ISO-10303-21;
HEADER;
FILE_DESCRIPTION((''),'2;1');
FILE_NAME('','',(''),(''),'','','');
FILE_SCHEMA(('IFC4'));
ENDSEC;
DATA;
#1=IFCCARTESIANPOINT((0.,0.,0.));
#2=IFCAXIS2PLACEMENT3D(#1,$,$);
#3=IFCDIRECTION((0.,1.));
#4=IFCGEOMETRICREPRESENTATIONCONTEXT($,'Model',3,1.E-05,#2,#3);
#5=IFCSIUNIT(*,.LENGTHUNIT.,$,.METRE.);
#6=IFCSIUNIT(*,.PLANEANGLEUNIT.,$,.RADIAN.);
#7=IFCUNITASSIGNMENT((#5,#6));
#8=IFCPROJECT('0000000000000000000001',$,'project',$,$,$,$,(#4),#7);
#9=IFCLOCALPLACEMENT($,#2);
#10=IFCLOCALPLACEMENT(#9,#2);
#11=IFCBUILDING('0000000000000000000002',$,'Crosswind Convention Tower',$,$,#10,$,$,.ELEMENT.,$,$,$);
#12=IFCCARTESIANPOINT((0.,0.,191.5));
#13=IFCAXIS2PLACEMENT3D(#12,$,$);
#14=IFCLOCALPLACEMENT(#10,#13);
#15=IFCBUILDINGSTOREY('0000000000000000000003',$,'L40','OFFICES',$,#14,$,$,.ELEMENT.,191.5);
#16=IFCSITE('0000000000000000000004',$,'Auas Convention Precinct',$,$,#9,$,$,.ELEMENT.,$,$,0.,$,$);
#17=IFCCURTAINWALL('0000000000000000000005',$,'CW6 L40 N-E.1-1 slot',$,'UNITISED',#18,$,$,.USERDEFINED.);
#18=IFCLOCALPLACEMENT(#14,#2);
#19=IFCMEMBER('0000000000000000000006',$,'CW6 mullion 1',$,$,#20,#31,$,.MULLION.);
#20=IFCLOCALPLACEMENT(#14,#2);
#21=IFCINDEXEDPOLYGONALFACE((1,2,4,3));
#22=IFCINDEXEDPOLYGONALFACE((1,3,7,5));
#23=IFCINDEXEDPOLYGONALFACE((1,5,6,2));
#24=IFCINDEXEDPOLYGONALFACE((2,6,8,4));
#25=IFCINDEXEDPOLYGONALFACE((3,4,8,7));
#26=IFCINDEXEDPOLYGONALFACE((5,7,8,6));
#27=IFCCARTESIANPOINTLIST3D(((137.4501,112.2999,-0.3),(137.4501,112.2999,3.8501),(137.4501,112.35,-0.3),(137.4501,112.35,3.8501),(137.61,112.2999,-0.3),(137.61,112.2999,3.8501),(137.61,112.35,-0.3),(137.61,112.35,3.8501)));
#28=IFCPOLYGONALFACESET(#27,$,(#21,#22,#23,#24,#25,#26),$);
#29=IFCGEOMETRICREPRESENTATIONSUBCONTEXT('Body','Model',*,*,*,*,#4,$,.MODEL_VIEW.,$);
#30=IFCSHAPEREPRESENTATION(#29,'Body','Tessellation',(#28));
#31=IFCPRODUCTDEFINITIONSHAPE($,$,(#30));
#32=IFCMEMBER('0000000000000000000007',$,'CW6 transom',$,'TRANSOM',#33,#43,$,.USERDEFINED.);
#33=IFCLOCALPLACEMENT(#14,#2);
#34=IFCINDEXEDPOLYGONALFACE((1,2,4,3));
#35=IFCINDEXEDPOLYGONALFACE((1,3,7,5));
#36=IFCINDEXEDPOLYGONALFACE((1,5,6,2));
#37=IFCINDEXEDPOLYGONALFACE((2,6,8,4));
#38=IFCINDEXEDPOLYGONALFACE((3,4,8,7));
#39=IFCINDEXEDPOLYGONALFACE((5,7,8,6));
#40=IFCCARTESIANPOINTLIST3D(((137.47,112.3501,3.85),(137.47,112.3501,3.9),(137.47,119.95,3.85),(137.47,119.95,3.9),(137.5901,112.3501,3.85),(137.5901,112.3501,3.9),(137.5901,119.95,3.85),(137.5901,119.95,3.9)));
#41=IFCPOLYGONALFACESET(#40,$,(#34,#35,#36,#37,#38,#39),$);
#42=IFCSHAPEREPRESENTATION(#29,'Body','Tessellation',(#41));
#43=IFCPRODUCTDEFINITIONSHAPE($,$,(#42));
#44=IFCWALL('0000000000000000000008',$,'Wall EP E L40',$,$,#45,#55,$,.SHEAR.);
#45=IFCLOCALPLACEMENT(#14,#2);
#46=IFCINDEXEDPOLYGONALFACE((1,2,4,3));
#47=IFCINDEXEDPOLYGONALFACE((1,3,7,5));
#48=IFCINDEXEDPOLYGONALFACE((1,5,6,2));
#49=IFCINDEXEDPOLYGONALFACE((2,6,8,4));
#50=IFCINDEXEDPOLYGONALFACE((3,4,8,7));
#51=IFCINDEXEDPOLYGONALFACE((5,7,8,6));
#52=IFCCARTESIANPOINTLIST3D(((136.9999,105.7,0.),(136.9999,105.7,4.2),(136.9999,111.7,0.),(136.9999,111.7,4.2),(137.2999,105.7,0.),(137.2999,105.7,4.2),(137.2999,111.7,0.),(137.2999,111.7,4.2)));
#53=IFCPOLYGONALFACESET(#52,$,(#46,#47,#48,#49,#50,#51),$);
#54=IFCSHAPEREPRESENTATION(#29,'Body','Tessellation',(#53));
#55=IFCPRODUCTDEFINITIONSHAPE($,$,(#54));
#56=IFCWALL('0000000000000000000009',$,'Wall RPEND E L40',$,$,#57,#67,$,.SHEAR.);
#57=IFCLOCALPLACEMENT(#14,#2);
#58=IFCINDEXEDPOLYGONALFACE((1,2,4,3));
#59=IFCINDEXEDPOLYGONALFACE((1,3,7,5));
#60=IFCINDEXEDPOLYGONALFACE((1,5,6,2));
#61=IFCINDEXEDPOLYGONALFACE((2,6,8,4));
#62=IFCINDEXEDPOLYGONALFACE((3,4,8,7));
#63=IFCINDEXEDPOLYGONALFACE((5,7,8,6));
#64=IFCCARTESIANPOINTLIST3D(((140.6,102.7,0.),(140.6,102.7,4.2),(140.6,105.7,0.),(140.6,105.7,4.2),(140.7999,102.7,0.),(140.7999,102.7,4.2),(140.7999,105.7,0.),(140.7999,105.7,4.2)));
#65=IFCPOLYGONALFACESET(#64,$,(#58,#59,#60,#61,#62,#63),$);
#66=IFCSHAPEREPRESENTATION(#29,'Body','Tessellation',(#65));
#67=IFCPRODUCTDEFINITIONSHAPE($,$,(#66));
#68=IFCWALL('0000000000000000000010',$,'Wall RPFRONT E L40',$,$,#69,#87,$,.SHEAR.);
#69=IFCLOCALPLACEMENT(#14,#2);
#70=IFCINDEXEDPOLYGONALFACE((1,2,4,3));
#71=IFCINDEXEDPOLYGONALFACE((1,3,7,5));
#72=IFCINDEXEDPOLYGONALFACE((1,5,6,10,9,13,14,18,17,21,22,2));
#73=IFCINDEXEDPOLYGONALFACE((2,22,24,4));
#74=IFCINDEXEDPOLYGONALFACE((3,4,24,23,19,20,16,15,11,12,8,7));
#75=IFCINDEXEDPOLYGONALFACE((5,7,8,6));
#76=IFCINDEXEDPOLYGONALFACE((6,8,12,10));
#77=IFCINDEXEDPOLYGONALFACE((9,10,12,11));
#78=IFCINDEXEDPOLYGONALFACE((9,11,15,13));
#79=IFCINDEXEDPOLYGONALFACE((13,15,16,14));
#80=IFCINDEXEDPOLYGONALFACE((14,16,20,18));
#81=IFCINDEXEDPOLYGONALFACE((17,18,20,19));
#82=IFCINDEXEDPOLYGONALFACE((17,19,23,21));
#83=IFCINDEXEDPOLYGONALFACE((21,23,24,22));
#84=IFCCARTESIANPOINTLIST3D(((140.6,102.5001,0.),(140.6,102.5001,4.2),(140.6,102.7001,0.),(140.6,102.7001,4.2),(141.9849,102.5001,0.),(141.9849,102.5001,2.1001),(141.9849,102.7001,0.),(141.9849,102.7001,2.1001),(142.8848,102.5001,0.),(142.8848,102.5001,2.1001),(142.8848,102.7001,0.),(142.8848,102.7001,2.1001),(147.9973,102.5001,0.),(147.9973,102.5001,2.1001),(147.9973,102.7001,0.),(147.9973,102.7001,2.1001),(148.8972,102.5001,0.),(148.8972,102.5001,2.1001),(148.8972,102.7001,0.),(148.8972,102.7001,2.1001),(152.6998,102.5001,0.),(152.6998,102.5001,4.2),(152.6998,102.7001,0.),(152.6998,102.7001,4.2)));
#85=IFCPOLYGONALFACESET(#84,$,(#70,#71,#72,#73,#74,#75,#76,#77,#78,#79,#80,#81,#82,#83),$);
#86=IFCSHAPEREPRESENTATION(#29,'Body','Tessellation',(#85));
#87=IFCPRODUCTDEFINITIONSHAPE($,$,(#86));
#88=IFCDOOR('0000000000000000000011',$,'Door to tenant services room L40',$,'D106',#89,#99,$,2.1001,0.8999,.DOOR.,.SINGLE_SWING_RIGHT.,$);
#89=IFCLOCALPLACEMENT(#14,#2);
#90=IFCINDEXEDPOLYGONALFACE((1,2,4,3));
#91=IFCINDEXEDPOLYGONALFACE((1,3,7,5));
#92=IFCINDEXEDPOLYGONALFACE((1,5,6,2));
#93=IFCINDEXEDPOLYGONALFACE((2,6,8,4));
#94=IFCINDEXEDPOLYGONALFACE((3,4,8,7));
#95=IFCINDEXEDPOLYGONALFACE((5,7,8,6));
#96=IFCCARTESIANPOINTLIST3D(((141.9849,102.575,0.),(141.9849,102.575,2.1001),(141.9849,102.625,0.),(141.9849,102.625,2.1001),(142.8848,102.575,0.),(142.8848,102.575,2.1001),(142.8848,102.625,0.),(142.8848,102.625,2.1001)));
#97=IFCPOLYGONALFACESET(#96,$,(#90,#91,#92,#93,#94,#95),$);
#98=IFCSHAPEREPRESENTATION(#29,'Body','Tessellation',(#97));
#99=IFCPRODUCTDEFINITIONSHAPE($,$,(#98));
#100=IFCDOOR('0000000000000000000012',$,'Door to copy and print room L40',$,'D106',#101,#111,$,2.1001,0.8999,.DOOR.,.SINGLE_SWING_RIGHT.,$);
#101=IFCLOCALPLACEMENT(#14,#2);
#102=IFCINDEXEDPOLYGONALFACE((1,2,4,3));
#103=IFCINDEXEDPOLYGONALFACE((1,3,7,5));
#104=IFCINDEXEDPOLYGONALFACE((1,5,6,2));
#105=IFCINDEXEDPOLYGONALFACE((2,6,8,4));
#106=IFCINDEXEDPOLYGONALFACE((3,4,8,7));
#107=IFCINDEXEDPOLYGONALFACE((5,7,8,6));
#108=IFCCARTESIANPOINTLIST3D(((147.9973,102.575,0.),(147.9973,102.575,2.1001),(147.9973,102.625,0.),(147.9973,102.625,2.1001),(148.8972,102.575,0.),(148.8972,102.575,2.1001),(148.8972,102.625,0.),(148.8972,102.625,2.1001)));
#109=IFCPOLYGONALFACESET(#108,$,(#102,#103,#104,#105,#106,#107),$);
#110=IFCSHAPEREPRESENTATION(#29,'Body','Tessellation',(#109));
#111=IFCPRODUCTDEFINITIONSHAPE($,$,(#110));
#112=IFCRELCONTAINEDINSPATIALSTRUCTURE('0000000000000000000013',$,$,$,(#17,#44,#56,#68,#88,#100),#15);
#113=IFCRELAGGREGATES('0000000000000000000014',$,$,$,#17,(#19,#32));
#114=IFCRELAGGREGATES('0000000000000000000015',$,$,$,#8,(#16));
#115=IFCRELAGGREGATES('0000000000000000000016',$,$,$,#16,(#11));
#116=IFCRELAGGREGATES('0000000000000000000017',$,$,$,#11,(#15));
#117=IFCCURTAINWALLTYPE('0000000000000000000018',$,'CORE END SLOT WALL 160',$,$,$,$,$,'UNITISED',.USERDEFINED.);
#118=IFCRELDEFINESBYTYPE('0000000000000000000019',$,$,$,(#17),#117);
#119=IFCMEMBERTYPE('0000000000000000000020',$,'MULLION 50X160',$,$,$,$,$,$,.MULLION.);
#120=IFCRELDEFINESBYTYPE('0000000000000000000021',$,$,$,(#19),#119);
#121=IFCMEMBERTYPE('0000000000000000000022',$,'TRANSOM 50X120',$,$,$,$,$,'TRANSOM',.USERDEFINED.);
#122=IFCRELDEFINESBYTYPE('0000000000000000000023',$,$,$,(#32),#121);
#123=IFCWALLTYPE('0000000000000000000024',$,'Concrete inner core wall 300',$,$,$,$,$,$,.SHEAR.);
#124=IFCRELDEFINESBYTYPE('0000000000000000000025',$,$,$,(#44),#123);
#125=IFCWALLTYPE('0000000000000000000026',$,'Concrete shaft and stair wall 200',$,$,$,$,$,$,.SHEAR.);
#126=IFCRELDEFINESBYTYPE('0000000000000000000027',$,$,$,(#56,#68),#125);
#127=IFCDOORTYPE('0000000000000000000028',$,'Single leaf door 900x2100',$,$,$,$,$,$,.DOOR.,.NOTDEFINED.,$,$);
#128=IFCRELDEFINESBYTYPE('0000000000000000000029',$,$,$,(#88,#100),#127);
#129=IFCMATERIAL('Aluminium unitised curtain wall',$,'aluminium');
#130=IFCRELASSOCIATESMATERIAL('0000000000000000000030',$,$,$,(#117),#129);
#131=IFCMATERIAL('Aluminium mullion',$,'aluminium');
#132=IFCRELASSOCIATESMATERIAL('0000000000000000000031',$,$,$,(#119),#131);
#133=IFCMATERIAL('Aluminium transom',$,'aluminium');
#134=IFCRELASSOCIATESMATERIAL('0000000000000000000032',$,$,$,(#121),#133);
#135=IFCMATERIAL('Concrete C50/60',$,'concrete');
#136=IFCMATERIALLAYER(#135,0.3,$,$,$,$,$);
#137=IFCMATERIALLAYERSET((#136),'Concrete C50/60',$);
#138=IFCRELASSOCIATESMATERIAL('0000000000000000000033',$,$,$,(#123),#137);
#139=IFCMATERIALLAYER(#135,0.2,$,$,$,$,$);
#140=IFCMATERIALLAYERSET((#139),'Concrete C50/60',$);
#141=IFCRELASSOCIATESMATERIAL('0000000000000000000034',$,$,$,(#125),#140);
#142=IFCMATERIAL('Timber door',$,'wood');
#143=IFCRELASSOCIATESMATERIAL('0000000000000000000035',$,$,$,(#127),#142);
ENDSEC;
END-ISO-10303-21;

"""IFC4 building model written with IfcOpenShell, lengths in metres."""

from ifc_helpers import new_model, si_unit, direction, frame, frame_2d, origin, origin_2d, place, context, subcontext, project, spatial, rectangle, extrude, material, layer, layer_set, material_profile, profile_set, type_object, element, fill, aggregate, save


model = new_model("IFC4")

# Units and contexts
model_context = context("Model", 3, precision=1e-05, world=origin(), true_north=direction((0.0, 1.0)))
body_context = subcontext(model_context, "Body", "Model", "MODEL_VIEW")
ifc_project = project(units=[si_unit("LENGTHUNIT", "METRE"), si_unit("PLANEANGLEUNIT", "RADIAN")], contexts=[model_context])

# Site, building, storey
site_placement = place(None, origin())
site = spatial("IfcSite", under=ifc_project, at=site_placement, Name="Auas Convention Precinct", CompositionType="ELEMENT", RefElevation=0.0)
building_placement = place(site_placement, origin())
building = spatial("IfcBuilding", under=site, at=building_placement, Name="Crosswind Convention Tower", CompositionType="ELEMENT")
storey_placement = place(building_placement, frame((0.0, 0.0, 191.5)))
storey = spatial("IfcBuildingStorey", under=building, at=storey_placement, Name="L40", Description="OFFICES", CompositionType="ELEMENT", Elevation=191.5)

# Curtain wall, members
ifc_material_1 = material(Name="Aluminium unitised curtain wall", Category="aluminium")
curtain_wall_type = type_object("IfcCurtainWallType", Name="CORE END SLOT WALL 160", ElementType="UNITISED", PredefinedType="USERDEFINED", material=ifc_material_1)
curtain_wall_placement = place(storey_placement, origin())
curtain_wall = element("IfcCurtainWall", 1, at=curtain_wall_placement, inside=storey, type_object=curtain_wall_type, Name="CW6 L40 N-E.1-1 slot", ObjectType="UNITISED", PredefinedType="USERDEFINED")
ifc_material_2 = material(Name="Aluminium mullion", Category="aluminium")
ifc_material_profile_1 = material_profile(ifc_material_2, rectangle(XDim=0.1599, YDim=0.05, at=origin_2d()), Name="AL 160X50")
ifc_profile_set_1 = profile_set([ifc_material_profile_1], Name="Aluminium mullion")
member_type_1 = type_object("IfcMemberType", Name="MULLION 50X160", PredefinedType="MULLION", material=ifc_profile_set_1)
member_1_placement = place(storey_placement, frame((137.53, 112.325, -0.3), z_axis=(0.0, 0.0, 1.0), x_axis=(1.0, 0.0, 0.0)))
member_1 = element("IfcMember", 2, at=member_1_placement, type_object=member_type_1, Name="CW6 mullion 1", PredefinedType="MULLION", context=body_context, shape_type="SweptSolid", body=[
    extrude(rectangle(XDim=0.1599, YDim=0.05, at=origin_2d()), origin(), (0.0, 0.0, 1.0), 4.1501),
])
ifc_material_3 = material(Name="Aluminium transom", Category="aluminium")
ifc_material_profile_2 = material_profile(ifc_material_3, rectangle(XDim=0.1201, YDim=0.05, at=origin_2d()), Name="AL 120X50")
ifc_profile_set_2 = profile_set([ifc_material_profile_2], Name="Aluminium transom")
member_type_2 = type_object("IfcMemberType", Name="TRANSOM 50X120", ElementType="TRANSOM", PredefinedType="USERDEFINED", material=ifc_profile_set_2)
member_2_placement = place(storey_placement, frame((137.53, 112.3501, 3.875), z_axis=(0.0, 1.0, 0.0), x_axis=(-1.0, 0.0, 0.0)))
member_2 = element("IfcMember", 3, at=member_2_placement, type_object=member_type_2, Name="CW6 transom", ObjectType="TRANSOM", PredefinedType="USERDEFINED", context=body_context, shape_type="SweptSolid", body=[
    extrude(rectangle(XDim=0.1201, YDim=0.05, at=origin_2d()), origin(), (0.0, 0.0, 1.0), 7.5999),
])
aggregate(curtain_wall, [member_1, member_2])

# Walls
ifc_material_4 = material(Name="Concrete C50/60", Category="concrete")
ifc_layer_1 = layer(ifc_material_4, 0.3)
ifc_layer_set_1 = layer_set([ifc_layer_1], Name="Concrete C50/60")
wall_type_1 = type_object("IfcWallType", Name="Concrete inner core wall 300", PredefinedType="SHEAR", material=ifc_layer_set_1)
wall_1_placement = place(storey_placement, frame((137.1499, 105.7, 0.0), z_axis=(0.0, 0.0, 1.0), x_axis=(0.0, 1.0, 0.0)))
element("IfcWall", 4, at=wall_1_placement, inside=storey, type_object=wall_type_1, Name="Wall EP E L40", PredefinedType="SHEAR", context=body_context, shape_type="SweptSolid", body=[
    extrude(rectangle(XDim=6.0, YDim=0.3, at=frame_2d((3.0, 0.0))), origin(), (0.0, 0.0, 1.0), 4.2),
])
ifc_layer_2 = layer(ifc_material_4, 0.2)
ifc_layer_set_2 = layer_set([ifc_layer_2], Name="Concrete C50/60")
wall_type_2 = type_object("IfcWallType", Name="Concrete shaft and stair wall 200", PredefinedType="SHEAR", material=ifc_layer_set_2)
wall_2_placement = place(storey_placement, frame((140.7, 102.7, 0.0), z_axis=(0.0, 0.0, 1.0), x_axis=(0.0, 1.0, 0.0)))
element("IfcWall", 5, at=wall_2_placement, inside=storey, type_object=wall_type_2, Name="Wall RPEND E L40", PredefinedType="SHEAR", context=body_context, shape_type="SweptSolid", body=[
    extrude(rectangle(XDim=3.0, YDim=0.2, at=frame_2d((1.5, 0.0))), origin(), (0.0, 0.0, 1.0), 4.2),
])

# Wall, openings, doors
wall_3_placement = place(storey_placement, frame((140.6001, 102.6001, 0.0), z_axis=(0.0, 0.0, 1.0), x_axis=(1.0, 0.0, 0.0)))
wall_3 = element("IfcWall", 6, at=wall_3_placement, inside=storey, type_object=wall_type_2, Name="Wall RPFRONT E L40", PredefinedType="SHEAR", context=body_context, shape_type="SweptSolid", body=[
    extrude(rectangle(XDim=12.0999, YDim=0.2, at=frame_2d((6.0498, 0.0))), origin(), (0.0, 0.0, 1.0), 4.2),
])
opening_1_placement = place(wall_3_placement, frame((1.3848, 0.0, 0.0)))
opening_1 = element("IfcOpeningElement", 7, at=opening_1_placement, cuts=wall_3, PredefinedType="OPENING", context=body_context, shape_type="SweptSolid", body=[
    extrude(rectangle(XDim=0.8999, YDim=2.1001, at=frame_2d((0.45, 1.05))), frame((0.0, 0.1099, 0.0), z_axis=(0.0, -1.0, 0.0), x_axis=(1.0, 0.0, 0.0)), (0.0, 0.0, 1.0), 0.22),
])
opening_2_placement = place(wall_3_placement, frame((7.3972, 0.0, 0.0)))
opening_2 = element("IfcOpeningElement", 8, at=opening_2_placement, cuts=wall_3, PredefinedType="OPENING", context=body_context, shape_type="SweptSolid", body=[
    extrude(rectangle(XDim=0.8999, YDim=2.1001, at=frame_2d((0.45, 1.05))), frame((0.0, 0.1099, 0.0), z_axis=(0.0, -1.0, 0.0), x_axis=(1.0, 0.0, 0.0)), (0.0, 0.0, 1.0), 0.22),
])
ifc_material_5 = material(Name="Timber door", Category="wood")
door_type_1 = type_object("IfcDoorType", Name="Single leaf door 900x2100", OperationType="NOTDEFINED", PredefinedType="DOOR", material=ifc_material_5)
door_1_placement = place(opening_1_placement, origin())
door_1 = element("IfcDoor", 9, at=door_1_placement, inside=storey, type_object=door_type_1, Name="Door to tenant services room L40", ObjectType="D106", OperationType="SINGLE_SWING_RIGHT", OverallHeight=2.1001, OverallWidth=0.8999, PredefinedType="DOOR", context=body_context, shape_type="SweptSolid", body=[
    extrude(rectangle(XDim=0.8999, YDim=2.1001, at=frame_2d((0.45, 1.05))), frame((0.0, 0.0249, 0.0), z_axis=(0.0, -1.0, 0.0), x_axis=(1.0, 0.0, 0.0)), (0.0, 0.0, 1.0), 0.05),
])
fill(opening_1, door_1)
door_2_placement = place(opening_2_placement, origin())
door_2 = element("IfcDoor", 10, at=door_2_placement, inside=storey, type_object=door_type_1, Name="Door to copy and print room L40", ObjectType="D106", OperationType="SINGLE_SWING_RIGHT", OverallHeight=2.1001, OverallWidth=0.8999, PredefinedType="DOOR", context=body_context, shape_type="SweptSolid", body=[
    extrude(rectangle(XDim=0.8999, YDim=2.1001, at=frame_2d((0.45, 1.05))), frame((0.0, 0.0249, 0.0), z_axis=(0.0, -1.0, 0.0), x_axis=(1.0, 0.0, 0.0)), (0.0, 0.0, 1.0), 0.05),
])
fill(opening_2, door_2)

save(model, "model.ifc")
